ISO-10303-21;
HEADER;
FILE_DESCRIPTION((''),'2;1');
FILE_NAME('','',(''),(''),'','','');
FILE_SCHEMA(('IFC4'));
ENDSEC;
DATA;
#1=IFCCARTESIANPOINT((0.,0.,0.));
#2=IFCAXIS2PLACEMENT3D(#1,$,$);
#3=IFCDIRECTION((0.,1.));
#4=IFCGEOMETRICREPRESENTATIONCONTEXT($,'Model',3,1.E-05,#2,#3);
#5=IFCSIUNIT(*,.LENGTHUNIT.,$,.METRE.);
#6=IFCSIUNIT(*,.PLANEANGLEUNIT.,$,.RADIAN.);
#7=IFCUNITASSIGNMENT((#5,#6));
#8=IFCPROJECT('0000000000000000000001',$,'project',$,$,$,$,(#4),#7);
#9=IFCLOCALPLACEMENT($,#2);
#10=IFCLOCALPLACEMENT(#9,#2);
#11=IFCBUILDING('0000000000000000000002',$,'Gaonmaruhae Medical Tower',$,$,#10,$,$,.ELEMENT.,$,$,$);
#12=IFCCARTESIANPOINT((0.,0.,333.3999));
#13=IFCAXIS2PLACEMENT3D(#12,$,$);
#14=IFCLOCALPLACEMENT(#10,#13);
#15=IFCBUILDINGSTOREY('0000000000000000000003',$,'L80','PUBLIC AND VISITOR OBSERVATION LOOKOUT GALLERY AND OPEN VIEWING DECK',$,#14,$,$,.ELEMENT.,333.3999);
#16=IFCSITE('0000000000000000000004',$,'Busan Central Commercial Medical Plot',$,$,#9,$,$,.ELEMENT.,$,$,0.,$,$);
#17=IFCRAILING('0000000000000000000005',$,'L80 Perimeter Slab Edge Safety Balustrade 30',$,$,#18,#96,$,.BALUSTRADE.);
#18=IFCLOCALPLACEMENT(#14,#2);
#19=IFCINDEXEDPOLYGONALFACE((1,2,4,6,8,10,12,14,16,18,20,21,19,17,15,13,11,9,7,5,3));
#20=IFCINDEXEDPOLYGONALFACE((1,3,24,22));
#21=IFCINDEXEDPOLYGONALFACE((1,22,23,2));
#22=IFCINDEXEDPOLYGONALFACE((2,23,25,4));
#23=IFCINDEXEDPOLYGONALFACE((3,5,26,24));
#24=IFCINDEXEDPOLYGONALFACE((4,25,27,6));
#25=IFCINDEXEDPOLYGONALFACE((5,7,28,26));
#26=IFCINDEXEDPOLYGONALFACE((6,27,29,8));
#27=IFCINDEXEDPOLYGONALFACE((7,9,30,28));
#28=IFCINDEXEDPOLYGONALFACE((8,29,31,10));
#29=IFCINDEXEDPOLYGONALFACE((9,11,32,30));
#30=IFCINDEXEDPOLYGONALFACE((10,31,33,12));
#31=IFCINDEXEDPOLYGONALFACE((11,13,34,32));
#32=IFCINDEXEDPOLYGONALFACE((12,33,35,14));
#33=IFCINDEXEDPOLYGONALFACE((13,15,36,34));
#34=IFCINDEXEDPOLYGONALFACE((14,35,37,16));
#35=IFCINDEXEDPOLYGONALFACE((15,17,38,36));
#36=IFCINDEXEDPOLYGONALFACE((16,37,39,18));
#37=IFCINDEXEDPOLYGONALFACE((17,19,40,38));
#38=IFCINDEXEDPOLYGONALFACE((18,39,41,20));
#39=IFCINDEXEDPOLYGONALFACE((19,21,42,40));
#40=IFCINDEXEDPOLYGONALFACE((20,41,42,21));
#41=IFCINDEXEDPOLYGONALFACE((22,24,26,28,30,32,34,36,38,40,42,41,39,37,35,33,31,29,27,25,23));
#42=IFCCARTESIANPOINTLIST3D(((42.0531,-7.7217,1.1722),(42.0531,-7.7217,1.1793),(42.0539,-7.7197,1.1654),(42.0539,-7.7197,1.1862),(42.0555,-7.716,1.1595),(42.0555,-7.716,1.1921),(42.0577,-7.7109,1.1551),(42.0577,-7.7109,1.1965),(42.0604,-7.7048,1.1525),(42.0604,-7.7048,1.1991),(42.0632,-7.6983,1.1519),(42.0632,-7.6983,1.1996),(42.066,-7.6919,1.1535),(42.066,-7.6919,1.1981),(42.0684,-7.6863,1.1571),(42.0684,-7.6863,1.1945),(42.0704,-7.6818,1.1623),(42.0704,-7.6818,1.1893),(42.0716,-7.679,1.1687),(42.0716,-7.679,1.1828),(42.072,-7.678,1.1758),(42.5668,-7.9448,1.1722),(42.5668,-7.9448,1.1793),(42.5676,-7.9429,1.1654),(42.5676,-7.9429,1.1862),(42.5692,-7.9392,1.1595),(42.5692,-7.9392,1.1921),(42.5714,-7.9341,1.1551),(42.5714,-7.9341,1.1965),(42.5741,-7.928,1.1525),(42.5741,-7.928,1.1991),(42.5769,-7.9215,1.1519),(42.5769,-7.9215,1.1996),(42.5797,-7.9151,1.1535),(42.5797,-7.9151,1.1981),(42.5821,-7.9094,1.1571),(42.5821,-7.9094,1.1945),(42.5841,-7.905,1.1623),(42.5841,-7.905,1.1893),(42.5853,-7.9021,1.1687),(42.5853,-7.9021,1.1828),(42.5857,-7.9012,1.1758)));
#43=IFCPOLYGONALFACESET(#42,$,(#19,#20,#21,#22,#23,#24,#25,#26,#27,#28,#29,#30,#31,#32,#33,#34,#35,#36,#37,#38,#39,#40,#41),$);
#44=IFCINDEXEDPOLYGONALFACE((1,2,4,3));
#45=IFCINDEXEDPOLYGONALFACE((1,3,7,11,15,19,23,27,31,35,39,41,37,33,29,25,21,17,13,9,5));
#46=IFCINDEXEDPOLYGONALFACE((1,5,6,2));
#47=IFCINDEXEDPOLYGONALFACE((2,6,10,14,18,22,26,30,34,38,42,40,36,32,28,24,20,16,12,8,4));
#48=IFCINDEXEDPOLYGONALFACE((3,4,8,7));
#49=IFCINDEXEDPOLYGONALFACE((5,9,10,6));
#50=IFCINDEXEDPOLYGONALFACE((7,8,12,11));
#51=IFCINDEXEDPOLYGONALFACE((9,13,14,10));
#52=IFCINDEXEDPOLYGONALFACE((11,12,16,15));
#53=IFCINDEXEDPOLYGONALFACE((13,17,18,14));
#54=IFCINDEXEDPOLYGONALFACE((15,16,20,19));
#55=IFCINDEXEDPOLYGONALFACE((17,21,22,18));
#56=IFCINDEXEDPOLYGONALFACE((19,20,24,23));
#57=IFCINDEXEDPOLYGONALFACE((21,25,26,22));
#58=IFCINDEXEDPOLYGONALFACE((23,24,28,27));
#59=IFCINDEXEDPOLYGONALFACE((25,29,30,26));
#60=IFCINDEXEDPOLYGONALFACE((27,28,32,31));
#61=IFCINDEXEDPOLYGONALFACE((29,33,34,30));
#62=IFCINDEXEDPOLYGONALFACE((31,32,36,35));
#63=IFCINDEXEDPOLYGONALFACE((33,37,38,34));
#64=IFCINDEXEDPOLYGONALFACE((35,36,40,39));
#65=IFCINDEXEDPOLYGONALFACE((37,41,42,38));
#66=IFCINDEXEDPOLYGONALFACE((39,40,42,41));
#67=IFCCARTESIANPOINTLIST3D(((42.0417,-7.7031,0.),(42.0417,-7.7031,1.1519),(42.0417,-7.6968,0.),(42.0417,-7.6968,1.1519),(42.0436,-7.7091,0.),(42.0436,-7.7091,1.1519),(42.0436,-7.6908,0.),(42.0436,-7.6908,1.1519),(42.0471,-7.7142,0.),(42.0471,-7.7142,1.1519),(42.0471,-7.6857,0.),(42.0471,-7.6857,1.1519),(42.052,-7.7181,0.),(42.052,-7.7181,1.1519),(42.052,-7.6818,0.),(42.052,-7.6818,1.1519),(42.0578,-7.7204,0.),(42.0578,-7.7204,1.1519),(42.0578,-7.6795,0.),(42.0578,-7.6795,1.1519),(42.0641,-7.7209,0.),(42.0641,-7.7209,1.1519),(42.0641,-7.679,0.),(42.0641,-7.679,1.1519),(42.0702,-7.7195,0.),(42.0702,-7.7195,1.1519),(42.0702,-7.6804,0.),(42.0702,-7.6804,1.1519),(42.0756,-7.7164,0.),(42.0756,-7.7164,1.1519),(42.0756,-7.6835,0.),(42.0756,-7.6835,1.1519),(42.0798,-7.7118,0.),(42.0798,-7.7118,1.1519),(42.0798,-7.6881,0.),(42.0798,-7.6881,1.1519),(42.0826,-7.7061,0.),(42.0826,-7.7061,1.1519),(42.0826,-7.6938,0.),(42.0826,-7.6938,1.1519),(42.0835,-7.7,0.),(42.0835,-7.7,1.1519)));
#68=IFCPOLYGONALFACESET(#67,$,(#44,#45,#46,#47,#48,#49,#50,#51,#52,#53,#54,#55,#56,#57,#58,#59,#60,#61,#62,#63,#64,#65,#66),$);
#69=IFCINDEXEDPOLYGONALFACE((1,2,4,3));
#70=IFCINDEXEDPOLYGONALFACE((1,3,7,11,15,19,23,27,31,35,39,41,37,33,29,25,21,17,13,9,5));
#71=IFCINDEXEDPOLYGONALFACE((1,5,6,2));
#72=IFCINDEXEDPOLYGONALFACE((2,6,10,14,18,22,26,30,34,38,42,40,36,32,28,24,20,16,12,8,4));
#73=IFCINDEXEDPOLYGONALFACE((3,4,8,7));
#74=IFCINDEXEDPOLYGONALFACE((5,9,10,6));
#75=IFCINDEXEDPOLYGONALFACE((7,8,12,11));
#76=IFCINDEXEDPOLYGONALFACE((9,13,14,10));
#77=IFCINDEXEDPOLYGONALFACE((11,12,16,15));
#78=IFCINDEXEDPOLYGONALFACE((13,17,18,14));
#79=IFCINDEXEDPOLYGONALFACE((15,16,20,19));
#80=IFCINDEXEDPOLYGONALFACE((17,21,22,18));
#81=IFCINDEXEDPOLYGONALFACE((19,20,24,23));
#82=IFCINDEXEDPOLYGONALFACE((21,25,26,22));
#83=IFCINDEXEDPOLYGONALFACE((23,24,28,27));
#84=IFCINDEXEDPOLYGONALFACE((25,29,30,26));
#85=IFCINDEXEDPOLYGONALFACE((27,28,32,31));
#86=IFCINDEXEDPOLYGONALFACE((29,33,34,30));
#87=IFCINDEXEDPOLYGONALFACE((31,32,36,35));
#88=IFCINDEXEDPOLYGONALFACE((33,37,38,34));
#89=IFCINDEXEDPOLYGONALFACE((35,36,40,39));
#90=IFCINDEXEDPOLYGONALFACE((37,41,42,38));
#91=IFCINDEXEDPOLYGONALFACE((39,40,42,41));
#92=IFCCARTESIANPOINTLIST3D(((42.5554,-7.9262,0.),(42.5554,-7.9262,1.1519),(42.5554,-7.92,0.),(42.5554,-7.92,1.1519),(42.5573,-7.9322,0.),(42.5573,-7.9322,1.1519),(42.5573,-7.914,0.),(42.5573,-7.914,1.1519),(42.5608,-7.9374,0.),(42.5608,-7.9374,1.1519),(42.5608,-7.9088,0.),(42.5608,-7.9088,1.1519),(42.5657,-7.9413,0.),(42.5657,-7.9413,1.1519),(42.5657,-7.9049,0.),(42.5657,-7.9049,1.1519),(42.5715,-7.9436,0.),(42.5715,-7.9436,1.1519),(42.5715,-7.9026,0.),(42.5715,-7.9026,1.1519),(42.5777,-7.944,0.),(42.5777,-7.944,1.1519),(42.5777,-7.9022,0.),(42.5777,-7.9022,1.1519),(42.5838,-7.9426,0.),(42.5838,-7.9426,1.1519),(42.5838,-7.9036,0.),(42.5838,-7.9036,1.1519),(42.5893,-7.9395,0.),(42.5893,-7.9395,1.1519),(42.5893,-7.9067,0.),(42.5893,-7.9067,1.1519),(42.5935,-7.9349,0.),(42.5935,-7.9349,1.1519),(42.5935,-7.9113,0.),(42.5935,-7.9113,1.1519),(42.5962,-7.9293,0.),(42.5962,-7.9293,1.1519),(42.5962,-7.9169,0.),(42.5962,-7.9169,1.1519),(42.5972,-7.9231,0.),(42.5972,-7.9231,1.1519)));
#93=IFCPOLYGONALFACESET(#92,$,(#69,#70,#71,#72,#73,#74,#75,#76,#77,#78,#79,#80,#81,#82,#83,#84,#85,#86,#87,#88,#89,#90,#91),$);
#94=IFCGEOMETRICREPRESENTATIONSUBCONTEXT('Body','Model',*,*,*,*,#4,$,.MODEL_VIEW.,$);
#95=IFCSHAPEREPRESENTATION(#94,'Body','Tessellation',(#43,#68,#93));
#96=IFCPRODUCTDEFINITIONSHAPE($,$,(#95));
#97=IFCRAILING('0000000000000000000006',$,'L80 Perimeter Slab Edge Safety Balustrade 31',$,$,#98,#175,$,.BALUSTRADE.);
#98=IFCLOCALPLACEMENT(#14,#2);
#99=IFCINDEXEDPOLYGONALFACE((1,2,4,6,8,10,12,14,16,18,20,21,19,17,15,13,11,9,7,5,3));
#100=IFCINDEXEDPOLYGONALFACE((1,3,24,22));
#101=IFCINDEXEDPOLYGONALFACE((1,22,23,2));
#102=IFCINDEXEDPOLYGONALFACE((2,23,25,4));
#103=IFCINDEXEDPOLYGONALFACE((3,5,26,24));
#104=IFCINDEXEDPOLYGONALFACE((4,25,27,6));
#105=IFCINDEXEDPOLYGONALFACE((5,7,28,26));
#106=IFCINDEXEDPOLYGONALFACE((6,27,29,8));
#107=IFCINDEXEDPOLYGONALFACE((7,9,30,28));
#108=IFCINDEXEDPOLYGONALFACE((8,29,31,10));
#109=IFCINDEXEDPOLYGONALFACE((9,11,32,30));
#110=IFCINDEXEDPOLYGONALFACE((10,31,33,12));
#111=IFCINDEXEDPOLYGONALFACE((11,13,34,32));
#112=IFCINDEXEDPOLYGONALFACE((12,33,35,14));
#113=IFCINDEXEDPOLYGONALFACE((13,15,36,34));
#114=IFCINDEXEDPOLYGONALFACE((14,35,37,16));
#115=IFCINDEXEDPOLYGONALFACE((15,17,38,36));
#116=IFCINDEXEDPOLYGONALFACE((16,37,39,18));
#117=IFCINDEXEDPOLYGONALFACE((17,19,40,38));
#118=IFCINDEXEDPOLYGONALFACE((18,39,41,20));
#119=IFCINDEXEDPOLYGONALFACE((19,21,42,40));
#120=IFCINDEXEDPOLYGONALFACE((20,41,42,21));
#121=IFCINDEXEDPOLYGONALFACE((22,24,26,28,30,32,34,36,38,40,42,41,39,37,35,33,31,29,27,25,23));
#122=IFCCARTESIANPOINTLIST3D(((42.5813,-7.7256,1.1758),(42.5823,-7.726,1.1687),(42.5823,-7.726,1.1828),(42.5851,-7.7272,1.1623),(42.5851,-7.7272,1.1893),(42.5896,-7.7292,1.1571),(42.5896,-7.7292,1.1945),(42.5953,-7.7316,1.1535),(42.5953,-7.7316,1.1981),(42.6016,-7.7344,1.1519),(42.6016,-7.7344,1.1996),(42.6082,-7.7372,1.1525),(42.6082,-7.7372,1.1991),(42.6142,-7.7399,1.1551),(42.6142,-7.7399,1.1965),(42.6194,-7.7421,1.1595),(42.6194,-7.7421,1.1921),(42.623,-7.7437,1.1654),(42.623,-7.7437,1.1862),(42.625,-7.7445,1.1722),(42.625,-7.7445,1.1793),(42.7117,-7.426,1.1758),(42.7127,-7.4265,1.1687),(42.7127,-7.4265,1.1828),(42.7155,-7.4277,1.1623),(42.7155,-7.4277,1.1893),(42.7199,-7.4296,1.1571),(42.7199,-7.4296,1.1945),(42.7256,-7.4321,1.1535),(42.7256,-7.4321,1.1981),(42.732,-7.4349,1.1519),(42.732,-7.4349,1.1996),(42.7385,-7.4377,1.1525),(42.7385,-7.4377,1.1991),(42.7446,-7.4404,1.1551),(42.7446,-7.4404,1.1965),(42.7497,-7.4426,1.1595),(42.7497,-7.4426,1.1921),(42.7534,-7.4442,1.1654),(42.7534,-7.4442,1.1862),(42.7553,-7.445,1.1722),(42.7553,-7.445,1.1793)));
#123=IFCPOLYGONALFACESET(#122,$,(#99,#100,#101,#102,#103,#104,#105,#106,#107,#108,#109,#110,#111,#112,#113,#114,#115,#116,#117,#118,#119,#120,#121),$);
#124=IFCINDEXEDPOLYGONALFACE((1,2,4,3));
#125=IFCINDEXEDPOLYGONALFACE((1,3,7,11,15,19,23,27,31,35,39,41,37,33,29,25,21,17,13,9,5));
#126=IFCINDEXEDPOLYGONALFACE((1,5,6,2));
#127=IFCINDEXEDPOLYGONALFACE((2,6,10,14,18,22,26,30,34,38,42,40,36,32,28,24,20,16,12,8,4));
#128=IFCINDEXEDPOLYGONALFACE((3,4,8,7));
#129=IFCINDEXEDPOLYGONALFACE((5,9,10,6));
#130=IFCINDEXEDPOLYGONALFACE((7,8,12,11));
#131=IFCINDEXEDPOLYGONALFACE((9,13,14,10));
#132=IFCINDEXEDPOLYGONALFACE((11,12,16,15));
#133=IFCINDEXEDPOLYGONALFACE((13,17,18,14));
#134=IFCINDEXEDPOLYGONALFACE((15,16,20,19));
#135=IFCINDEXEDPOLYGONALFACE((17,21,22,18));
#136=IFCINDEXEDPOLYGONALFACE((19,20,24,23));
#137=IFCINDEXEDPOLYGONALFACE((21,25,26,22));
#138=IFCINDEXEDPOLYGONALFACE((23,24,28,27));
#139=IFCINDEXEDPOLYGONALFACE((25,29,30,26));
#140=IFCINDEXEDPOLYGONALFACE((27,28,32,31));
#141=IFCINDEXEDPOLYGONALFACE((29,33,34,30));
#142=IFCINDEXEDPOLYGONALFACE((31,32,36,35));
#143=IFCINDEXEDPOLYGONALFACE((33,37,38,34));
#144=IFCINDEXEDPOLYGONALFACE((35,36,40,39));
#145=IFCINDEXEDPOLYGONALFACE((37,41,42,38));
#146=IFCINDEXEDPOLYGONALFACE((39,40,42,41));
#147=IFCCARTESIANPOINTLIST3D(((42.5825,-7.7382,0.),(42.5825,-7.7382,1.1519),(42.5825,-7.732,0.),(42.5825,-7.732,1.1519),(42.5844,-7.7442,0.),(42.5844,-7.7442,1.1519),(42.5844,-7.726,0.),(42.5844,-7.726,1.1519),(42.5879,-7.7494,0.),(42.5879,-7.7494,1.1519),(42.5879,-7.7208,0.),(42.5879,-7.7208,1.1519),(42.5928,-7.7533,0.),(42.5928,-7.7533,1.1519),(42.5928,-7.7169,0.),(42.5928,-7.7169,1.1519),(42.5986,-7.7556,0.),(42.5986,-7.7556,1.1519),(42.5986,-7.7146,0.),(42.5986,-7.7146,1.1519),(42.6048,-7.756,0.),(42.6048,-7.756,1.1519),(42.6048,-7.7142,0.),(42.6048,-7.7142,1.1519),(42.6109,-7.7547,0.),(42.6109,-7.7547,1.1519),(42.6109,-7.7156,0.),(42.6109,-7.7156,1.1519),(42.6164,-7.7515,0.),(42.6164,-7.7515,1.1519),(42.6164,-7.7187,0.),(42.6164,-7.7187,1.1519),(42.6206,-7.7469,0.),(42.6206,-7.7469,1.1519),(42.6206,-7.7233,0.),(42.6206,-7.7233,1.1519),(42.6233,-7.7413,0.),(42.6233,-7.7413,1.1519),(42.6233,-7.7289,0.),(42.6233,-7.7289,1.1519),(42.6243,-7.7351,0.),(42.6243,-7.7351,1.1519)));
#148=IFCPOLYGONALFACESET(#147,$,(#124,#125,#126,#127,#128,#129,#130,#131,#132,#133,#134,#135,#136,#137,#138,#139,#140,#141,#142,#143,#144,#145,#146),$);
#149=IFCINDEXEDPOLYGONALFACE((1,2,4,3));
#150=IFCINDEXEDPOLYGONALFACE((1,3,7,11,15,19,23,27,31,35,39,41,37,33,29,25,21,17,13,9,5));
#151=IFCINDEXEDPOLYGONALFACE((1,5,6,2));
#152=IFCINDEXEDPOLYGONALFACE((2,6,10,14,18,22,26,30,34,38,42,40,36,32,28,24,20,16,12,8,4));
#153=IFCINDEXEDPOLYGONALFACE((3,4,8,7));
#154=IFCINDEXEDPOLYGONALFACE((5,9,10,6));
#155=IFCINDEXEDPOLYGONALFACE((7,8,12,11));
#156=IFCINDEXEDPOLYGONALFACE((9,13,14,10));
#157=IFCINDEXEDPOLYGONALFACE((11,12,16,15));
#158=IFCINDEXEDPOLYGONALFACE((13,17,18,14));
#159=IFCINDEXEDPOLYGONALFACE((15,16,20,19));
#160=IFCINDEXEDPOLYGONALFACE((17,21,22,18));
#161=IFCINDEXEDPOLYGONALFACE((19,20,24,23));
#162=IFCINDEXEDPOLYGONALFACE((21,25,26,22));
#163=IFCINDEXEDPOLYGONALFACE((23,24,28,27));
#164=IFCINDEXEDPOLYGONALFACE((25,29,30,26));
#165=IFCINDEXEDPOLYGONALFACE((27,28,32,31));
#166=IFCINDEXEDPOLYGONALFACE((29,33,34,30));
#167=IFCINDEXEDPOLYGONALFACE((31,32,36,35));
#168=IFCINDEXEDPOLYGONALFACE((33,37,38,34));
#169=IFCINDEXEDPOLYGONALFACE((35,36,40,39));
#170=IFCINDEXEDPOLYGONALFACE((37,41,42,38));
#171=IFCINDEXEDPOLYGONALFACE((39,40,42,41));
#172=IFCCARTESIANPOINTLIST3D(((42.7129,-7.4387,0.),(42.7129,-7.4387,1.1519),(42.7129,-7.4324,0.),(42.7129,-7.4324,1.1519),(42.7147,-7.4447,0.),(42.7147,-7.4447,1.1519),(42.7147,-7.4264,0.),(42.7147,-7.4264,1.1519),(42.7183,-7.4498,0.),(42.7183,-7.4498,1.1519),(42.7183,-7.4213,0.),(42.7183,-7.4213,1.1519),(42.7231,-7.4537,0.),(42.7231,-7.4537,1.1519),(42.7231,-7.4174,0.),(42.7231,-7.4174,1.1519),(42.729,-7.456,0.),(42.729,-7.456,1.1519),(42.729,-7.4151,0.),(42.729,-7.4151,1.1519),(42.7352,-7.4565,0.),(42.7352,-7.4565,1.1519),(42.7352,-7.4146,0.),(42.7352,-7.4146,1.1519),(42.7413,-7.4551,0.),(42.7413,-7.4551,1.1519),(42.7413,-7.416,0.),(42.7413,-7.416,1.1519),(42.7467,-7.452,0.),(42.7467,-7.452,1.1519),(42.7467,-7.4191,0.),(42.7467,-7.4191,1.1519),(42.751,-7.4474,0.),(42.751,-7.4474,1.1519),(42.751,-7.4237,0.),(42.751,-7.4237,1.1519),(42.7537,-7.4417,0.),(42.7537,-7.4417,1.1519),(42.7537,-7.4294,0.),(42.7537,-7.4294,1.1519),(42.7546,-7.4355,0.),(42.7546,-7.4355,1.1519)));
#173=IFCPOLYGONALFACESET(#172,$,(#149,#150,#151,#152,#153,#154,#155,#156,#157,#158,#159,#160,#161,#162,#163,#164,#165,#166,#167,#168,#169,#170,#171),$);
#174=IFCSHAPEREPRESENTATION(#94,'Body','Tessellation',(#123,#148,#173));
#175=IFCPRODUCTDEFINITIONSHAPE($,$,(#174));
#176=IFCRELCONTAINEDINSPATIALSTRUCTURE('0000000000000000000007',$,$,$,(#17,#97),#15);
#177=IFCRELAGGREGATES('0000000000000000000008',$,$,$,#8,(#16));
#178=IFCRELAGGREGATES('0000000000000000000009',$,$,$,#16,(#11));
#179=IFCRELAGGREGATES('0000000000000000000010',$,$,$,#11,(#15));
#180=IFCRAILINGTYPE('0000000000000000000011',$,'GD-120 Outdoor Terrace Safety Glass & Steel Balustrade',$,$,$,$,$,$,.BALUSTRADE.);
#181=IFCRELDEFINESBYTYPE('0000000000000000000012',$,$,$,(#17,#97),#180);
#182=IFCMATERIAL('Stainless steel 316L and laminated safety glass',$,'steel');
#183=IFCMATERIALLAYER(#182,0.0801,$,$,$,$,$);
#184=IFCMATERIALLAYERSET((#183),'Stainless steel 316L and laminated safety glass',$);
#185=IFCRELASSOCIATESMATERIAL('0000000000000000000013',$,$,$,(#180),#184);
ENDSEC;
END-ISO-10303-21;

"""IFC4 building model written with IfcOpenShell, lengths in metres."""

from ifc_helpers import new_model, si_unit, direction, frame, origin, origin_2d, place, context, subcontext, project, spatial, circle, extrude, material, layer, layer_set, type_object, element, save


model = new_model("IFC4")

# Units and contexts
model_context = context("Model", 3, precision=1e-05, world=origin(), true_north=direction((0.0, 1.0)))
body_context = subcontext(model_context, "Body", "Model", "MODEL_VIEW")
ifc_project = project(units=[si_unit("LENGTHUNIT", "METRE"), si_unit("PLANEANGLEUNIT", "RADIAN")], contexts=[model_context])

# Site, building, storey
site_placement = place(None, origin())
site = spatial("IfcSite", under=ifc_project, at=site_placement, Name="Busan Central Commercial Medical Plot", CompositionType="ELEMENT", RefElevation=0.0)
building_placement = place(site_placement, origin())
building = spatial("IfcBuilding", under=site, at=building_placement, Name="Gaonmaruhae Medical Tower", CompositionType="ELEMENT")
storey_placement = place(building_placement, frame((0.0, 0.0, 333.3999)))
storey = spatial("IfcBuildingStorey", under=building, at=storey_placement, Name="L80", Description="PUBLIC AND VISITOR OBSERVATION LOOKOUT GALLERY AND OPEN VIEWING DECK", CompositionType="ELEMENT", Elevation=333.3999)

# Railings
ifc_material_1 = material(Name="Stainless steel 316L and laminated safety glass", Category="steel")
ifc_layer_1 = layer(ifc_material_1, 0.0801)
ifc_layer_set_1 = layer_set([ifc_layer_1], Name="Stainless steel 316L and laminated safety glass")
railing_type = type_object("IfcRailingType", Name="GD-120 Outdoor Terrace Safety Glass & Steel Balustrade", PredefinedType="BALUSTRADE", material=ifc_layer_set_1)
railing_1_placement = place(storey_placement, frame((42.0625, -7.7, 0.0)))
element("IfcRailing", 1, at=railing_1_placement, inside=storey, type_object=railing_type, Name="L80 Perimeter Slab Edge Safety Balustrade 30", PredefinedType="BALUSTRADE", context=body_context, shape_type="SweptSolid", body=[
    extrude(circle(Radius=0.0239, at=origin_2d()), frame((0.0, 0.0, 1.1758), z_axis=(0.917195, -0.398439, 0.0), x_axis=(0.398439, 0.917195, 0.0)), (0.0, 0.0, 1.0), 0.5601),
    extrude(circle(Radius=0.021, at=origin_2d()), origin(), (0.0, 0.0, 1.0), 1.1519),
    extrude(circle(Radius=0.021, at=origin_2d()), frame((0.5137, -0.2231, 0.0)), (0.0, 0.0, 1.0), 1.1519),
])
railing_2_placement = place(storey_placement, frame((42.6033, -7.7351, 0.0)))
element("IfcRailing", 2, at=railing_2_placement, inside=storey, type_object=railing_type, Name="L80 Perimeter Slab Edge Safety Balustrade 31", PredefinedType="BALUSTRADE", context=body_context, shape_type="SweptSolid", body=[
    extrude(circle(Radius=0.0239, at=origin_2d()), frame((0.0, 0.0, 1.1758), z_axis=(0.399054, 0.916927, 0.0), x_axis=(-0.916927, 0.399054, 0.0)), (0.0, 0.0, 1.0), 0.3267),
    extrude(circle(Radius=0.021, at=origin_2d()), origin(), (0.0, 0.0, 1.0), 1.1519),
    extrude(circle(Radius=0.021, at=origin_2d()), frame((0.1304, 0.2996, 0.0)), (0.0, 0.0, 1.0), 1.1519),
])

save(model, "model.ifc")
